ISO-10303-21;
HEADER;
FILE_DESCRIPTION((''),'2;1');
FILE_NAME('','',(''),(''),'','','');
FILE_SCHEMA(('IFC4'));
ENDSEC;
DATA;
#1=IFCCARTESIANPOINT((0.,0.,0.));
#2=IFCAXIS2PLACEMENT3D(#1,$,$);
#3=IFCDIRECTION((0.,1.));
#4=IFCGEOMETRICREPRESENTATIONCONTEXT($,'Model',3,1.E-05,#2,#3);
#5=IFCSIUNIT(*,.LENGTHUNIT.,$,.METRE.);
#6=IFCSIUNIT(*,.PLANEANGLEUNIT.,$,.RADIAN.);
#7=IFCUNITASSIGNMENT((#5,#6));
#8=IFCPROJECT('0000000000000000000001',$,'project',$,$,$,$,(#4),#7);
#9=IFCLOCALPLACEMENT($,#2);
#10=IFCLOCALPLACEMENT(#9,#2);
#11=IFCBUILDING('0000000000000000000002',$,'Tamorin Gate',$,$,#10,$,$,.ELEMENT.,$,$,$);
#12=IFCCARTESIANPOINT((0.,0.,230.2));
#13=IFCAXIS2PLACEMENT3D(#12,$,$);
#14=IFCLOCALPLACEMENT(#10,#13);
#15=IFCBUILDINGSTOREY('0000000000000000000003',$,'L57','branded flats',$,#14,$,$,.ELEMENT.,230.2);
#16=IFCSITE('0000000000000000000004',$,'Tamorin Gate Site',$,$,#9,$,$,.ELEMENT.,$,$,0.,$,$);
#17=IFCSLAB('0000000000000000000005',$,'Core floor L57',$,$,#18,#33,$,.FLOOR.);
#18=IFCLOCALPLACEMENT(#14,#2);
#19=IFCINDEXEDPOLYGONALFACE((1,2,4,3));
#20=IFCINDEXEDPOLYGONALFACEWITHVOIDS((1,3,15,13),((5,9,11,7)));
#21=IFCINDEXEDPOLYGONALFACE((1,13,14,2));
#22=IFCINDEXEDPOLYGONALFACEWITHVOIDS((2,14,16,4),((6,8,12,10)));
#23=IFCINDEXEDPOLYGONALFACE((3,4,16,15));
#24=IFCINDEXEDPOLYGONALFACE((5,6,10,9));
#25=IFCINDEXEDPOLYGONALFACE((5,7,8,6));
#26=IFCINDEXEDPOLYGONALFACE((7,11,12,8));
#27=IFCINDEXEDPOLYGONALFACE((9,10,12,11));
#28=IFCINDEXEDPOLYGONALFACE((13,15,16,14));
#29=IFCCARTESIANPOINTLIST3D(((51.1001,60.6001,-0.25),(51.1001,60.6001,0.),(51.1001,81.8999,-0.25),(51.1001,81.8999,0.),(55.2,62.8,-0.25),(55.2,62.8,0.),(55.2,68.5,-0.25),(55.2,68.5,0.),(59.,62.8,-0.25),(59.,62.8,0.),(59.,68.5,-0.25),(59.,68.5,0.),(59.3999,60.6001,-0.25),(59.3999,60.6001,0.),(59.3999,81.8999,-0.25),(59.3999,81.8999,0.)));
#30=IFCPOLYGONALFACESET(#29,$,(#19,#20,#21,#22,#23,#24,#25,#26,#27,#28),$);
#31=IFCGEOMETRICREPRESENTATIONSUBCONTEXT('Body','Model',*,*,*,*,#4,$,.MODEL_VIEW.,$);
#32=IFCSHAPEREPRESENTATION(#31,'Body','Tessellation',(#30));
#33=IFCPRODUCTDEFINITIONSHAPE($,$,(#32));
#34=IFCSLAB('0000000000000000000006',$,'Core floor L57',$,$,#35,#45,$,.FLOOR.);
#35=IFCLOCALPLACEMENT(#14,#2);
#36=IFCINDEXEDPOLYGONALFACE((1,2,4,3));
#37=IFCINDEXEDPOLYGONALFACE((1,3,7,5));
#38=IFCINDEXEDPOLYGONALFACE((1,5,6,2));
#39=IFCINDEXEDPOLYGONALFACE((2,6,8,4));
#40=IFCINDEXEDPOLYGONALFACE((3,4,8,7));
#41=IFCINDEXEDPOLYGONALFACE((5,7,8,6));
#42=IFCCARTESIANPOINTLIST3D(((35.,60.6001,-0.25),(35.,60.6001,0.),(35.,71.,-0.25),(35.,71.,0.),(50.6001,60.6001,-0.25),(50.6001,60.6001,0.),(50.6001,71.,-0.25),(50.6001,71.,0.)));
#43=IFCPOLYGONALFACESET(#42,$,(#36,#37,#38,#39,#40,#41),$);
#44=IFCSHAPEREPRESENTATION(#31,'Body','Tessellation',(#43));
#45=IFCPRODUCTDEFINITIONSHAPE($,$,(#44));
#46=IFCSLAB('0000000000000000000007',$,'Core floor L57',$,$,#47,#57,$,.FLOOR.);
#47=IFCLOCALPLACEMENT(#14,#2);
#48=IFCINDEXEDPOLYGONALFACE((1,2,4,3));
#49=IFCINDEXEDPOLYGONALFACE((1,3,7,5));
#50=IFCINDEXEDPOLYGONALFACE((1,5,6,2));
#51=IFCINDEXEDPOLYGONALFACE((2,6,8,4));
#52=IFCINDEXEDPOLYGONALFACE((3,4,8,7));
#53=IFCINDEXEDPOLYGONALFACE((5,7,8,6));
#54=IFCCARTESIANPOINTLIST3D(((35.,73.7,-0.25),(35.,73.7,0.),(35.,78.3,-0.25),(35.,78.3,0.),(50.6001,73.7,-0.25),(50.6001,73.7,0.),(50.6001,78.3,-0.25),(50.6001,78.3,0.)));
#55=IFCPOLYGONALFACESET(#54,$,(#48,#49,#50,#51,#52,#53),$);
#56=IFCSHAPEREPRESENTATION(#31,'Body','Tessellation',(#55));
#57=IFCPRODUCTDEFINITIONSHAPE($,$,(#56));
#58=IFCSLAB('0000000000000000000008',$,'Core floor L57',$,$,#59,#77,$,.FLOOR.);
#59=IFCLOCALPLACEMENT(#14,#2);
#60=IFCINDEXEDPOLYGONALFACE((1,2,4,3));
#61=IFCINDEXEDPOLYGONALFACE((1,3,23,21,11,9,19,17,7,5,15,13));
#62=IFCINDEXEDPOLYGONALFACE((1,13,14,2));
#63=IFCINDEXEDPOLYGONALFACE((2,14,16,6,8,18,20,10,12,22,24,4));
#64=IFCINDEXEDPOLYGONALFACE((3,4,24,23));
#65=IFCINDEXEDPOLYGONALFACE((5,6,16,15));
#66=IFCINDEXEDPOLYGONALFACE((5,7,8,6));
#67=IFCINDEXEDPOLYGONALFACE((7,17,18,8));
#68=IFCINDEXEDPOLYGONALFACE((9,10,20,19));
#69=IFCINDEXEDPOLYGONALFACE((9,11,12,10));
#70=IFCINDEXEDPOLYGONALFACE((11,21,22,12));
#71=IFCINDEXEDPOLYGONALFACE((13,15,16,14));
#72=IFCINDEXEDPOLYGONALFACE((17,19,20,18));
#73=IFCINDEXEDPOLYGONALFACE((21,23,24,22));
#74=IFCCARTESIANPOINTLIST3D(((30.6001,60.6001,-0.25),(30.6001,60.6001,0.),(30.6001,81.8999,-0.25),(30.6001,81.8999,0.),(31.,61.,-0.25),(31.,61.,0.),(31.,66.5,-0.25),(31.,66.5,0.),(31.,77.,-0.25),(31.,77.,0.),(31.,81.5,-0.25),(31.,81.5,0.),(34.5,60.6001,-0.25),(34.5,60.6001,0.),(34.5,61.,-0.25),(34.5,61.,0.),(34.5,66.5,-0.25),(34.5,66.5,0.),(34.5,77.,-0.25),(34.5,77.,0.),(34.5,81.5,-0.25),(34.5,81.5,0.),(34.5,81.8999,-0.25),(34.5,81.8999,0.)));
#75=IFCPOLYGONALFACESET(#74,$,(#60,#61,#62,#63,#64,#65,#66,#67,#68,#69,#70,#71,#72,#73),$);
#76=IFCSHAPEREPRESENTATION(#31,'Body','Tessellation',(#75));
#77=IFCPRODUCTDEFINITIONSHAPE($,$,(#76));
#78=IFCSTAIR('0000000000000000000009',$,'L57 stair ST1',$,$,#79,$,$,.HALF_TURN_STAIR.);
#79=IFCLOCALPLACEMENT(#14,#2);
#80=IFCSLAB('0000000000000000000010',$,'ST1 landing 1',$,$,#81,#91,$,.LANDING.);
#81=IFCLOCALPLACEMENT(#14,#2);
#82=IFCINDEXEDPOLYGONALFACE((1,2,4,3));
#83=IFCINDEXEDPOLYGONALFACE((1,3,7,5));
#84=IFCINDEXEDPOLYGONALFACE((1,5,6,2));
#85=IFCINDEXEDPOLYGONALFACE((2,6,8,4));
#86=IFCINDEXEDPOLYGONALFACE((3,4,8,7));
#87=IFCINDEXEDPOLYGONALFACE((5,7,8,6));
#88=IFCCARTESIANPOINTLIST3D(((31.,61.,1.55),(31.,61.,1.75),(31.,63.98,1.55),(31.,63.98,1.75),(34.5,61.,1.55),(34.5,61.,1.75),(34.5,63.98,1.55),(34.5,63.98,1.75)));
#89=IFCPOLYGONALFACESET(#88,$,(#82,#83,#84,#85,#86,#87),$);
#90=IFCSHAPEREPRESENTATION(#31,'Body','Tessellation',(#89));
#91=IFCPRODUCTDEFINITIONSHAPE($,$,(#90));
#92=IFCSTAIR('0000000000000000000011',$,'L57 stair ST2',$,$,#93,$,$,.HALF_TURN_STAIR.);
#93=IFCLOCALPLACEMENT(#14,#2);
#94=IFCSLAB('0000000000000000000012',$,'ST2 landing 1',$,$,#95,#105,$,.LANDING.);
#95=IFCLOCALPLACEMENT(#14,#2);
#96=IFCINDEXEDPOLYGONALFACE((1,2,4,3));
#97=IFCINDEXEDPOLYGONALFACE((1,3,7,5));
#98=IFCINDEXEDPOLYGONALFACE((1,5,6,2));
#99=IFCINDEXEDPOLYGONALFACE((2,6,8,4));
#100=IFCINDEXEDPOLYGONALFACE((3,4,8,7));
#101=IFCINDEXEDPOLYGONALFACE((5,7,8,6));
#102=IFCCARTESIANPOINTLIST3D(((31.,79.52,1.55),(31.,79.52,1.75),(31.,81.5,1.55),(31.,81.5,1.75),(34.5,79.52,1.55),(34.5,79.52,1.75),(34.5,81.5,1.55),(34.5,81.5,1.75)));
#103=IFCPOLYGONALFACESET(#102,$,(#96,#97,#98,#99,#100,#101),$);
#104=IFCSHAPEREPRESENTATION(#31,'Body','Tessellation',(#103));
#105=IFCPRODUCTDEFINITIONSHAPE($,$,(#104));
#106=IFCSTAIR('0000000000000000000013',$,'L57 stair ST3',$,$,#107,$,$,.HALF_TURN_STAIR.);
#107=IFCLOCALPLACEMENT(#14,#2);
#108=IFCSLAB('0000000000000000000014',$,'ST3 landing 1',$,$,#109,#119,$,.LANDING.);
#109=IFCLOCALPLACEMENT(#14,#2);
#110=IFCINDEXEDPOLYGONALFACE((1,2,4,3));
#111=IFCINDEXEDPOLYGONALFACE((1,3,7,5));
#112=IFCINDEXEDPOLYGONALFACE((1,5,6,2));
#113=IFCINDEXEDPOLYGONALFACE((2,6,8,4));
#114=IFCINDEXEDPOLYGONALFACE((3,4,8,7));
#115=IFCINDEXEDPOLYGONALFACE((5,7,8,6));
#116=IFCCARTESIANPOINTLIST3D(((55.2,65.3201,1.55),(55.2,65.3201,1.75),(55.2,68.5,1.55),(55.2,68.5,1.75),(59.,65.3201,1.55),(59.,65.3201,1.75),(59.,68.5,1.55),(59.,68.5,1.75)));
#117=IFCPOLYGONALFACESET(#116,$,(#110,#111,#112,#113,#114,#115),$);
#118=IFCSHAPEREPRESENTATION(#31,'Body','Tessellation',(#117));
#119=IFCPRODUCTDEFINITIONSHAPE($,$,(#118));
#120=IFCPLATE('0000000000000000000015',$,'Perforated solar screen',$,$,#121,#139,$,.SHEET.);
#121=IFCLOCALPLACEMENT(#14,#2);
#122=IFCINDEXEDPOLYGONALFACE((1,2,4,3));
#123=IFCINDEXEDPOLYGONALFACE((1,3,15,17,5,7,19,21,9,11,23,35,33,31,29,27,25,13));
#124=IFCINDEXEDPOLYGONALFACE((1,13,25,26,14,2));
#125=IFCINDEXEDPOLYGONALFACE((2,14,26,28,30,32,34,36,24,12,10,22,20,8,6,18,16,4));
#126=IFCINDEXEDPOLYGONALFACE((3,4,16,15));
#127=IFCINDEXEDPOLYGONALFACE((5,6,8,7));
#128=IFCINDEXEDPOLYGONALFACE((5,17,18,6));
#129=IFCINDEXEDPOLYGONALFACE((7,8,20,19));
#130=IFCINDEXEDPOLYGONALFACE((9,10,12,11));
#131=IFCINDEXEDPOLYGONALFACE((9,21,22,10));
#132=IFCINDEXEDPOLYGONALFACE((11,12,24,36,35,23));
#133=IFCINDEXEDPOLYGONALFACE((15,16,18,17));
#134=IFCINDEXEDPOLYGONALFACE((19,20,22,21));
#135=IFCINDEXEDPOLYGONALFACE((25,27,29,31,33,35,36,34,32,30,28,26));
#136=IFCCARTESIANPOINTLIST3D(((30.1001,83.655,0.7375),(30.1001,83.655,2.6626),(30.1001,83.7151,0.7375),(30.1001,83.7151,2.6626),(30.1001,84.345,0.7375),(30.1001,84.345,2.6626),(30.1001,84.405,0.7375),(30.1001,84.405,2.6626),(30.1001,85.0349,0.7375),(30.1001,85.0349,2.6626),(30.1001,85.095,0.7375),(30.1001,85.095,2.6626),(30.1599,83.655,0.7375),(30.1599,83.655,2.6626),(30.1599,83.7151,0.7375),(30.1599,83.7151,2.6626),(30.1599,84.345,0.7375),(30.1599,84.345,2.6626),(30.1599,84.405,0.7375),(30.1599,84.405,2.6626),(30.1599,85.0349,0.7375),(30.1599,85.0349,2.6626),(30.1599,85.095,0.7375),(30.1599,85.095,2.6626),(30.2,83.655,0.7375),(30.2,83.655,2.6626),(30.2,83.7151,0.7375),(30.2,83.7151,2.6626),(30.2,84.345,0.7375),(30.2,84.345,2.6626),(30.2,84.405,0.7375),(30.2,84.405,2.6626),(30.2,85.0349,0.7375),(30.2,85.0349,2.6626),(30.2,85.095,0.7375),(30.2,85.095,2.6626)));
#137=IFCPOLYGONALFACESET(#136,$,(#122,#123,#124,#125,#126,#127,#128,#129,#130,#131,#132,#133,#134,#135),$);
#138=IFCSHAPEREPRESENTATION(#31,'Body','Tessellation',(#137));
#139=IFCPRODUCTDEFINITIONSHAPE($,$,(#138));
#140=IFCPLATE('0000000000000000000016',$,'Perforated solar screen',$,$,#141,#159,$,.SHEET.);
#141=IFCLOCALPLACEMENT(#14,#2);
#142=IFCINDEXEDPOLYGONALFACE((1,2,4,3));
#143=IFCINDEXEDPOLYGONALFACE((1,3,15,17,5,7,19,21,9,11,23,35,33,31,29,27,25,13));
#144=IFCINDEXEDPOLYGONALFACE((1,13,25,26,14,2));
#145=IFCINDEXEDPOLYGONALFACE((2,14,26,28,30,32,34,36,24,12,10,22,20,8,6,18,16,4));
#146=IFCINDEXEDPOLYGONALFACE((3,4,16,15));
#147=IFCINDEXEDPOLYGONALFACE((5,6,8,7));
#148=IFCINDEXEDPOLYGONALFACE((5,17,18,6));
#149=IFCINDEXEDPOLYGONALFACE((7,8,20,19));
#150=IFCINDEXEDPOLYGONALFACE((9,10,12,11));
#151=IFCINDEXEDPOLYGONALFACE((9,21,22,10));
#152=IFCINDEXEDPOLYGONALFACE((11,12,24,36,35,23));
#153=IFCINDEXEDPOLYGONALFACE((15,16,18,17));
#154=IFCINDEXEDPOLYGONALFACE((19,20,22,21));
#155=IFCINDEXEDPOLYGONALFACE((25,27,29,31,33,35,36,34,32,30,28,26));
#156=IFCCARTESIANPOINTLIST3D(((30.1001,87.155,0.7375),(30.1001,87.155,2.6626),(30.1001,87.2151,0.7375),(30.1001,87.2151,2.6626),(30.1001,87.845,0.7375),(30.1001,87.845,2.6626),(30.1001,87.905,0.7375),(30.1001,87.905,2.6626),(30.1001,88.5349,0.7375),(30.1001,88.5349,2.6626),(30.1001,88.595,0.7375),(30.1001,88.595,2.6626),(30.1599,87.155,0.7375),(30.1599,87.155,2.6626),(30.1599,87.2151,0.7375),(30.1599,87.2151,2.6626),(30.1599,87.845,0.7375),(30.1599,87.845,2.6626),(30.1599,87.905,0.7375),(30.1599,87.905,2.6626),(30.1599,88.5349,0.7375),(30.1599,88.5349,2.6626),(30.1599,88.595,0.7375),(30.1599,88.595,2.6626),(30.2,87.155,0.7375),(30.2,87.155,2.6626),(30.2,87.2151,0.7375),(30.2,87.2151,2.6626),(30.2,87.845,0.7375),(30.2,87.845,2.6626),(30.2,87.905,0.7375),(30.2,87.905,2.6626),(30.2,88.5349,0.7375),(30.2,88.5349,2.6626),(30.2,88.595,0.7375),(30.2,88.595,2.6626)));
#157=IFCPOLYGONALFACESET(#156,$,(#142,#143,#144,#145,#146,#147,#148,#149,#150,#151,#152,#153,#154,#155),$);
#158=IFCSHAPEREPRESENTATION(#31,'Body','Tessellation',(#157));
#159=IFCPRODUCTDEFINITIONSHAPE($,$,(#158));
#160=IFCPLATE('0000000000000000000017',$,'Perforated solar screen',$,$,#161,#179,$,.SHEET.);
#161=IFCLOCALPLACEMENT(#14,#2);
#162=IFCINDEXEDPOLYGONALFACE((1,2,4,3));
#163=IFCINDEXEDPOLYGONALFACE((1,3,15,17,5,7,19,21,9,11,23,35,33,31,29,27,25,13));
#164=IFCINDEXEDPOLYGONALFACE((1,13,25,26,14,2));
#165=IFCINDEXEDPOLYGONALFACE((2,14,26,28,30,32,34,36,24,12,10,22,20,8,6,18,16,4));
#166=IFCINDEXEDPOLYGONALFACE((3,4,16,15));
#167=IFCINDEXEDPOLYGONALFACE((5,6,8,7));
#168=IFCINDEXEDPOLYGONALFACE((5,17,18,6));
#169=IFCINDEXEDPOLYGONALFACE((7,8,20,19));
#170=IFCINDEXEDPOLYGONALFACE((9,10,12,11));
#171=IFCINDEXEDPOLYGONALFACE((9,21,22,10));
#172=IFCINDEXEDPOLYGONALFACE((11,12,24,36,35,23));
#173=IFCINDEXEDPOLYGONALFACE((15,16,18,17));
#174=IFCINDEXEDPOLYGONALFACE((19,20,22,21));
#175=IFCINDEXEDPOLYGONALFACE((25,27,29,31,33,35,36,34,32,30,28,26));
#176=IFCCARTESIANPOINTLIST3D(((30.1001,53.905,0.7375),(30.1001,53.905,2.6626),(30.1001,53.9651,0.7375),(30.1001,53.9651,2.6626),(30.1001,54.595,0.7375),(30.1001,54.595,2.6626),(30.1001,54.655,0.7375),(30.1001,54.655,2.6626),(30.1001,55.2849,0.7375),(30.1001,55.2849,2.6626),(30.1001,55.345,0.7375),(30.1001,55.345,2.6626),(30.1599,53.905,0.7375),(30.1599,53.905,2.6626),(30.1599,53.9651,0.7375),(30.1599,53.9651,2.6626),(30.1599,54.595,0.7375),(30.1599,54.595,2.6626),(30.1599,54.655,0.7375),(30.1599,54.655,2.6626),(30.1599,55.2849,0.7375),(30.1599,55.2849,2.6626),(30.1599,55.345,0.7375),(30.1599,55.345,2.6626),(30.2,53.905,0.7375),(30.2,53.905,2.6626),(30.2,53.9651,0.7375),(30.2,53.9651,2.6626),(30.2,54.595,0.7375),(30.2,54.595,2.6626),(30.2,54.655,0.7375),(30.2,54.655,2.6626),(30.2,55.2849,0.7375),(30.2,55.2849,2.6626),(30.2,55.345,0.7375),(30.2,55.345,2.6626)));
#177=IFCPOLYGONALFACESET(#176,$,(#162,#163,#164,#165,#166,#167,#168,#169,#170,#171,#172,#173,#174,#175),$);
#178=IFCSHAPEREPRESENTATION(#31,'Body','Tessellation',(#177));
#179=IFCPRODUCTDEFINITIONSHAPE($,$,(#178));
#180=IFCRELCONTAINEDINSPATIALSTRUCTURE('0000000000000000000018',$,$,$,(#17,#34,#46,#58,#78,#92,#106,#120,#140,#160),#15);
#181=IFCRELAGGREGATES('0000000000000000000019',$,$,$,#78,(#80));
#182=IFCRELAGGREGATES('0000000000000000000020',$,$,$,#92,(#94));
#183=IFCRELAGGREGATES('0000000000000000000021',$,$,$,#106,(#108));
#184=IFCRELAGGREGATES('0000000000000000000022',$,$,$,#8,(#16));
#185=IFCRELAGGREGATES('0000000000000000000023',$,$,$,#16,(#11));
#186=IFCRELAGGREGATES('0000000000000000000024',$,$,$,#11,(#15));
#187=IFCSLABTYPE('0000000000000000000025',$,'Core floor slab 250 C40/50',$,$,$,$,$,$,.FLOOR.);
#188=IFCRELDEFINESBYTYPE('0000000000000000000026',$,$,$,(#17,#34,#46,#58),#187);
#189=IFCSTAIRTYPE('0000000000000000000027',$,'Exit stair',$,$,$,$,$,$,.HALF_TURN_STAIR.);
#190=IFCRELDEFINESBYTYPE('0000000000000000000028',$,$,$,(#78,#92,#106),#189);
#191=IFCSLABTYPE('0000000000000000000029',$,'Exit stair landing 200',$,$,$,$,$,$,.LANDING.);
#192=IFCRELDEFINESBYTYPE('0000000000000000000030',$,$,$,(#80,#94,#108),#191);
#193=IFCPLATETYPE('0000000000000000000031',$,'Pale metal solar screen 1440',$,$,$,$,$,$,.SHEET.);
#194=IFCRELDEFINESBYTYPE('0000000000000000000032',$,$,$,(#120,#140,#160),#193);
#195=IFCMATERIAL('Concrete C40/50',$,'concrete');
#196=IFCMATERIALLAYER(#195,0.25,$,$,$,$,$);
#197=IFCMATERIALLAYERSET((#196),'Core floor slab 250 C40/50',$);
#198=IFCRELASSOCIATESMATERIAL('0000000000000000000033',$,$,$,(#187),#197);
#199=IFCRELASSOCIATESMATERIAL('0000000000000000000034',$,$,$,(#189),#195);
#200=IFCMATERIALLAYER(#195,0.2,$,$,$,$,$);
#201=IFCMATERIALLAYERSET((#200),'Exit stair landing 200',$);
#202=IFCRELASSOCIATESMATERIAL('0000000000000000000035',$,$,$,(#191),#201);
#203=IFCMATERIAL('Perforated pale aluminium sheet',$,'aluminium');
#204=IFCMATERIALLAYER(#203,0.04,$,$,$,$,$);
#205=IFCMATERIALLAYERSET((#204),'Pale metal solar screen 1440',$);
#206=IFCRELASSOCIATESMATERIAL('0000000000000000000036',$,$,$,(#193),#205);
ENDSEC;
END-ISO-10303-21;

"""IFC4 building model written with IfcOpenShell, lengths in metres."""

from ifc_helpers import new_model, si_unit, direction, frame, origin, place, context, subcontext, project, spatial, polyline, outline, extrude, material, layer, layer_set, type_object, element, aggregate, save


model = new_model("IFC4")

# Units and contexts
model_context = context("Model", 3, precision=1e-05, world=origin(), true_north=direction((0.0, 1.0)))
body_context = subcontext(model_context, "Body", "Model", "MODEL_VIEW")
ifc_project = project(units=[si_unit("LENGTHUNIT", "METRE"), si_unit("PLANEANGLEUNIT", "RADIAN")], contexts=[model_context])

# Site, building, storey
site_placement = place(None, origin())
site = spatial("IfcSite", under=ifc_project, at=site_placement, Name="Tamorin Gate Site", CompositionType="ELEMENT", RefElevation=0.0)
building_placement = place(site_placement, origin())
building = spatial("IfcBuilding", under=site, at=building_placement, Name="Tamorin Gate", CompositionType="ELEMENT")
storey_placement = place(building_placement, frame((0.0, 0.0, 230.2)))
storey = spatial("IfcBuildingStorey", under=building, at=storey_placement, Name="L57", Description="branded flats", CompositionType="ELEMENT", Elevation=230.2)

# Slabs
ifc_material_1 = material(Name="Concrete C40/50", Category="concrete")
ifc_layer_1 = layer(ifc_material_1, 0.25)
ifc_layer_set_1 = layer_set([ifc_layer_1], Name="Core floor slab 250 C40/50")
slab_type_1 = type_object("IfcSlabType", Name="Core floor slab 250 C40/50", PredefinedType="FLOOR", material=ifc_layer_set_1)
slab_1_placement = place(storey_placement, frame((0.0, 0.0, -0.25)))
element("IfcSlab", 1, at=slab_1_placement, inside=storey, type_object=slab_type_1, Name="Core floor L57", PredefinedType="FLOOR", context=body_context, shape_type="SweptSolid", body=[
    extrude(outline(polyline([(51.1001, 81.8999), (59.3999, 81.8999), (59.3999, 60.6001), (51.1001, 60.6001), (51.1001, 81.8999)]), holes=[polyline([(55.2, 62.8), (59.0, 62.8), (59.0, 68.5), (55.2, 68.5), (55.2, 62.8)])]), origin(), (0.0, 0.0, 1.0), 0.25),
])
slab_2_placement = place(storey_placement, frame((0.0, 0.0, -0.25)))
element("IfcSlab", 2, at=slab_2_placement, inside=storey, type_object=slab_type_1, Name="Core floor L57", PredefinedType="FLOOR", context=body_context, shape_type="SweptSolid", body=[
    extrude(outline(polyline([(50.6001, 71.0), (50.6001, 60.6001), (35.0, 60.6001), (35.0, 71.0), (50.6001, 71.0)])), origin(), (0.0, 0.0, 1.0), 0.25),
])
slab_3_placement = place(storey_placement, frame((0.0, 0.0, -0.25)))
element("IfcSlab", 3, at=slab_3_placement, inside=storey, type_object=slab_type_1, Name="Core floor L57", PredefinedType="FLOOR", context=body_context, shape_type="SweptSolid", body=[
    extrude(outline(polyline([(50.6001, 73.7), (35.0, 73.7), (35.0, 78.3), (50.6001, 78.3), (50.6001, 73.7)])), origin(), (0.0, 0.0, 1.0), 0.25),
])
slab_4_placement = place(storey_placement, frame((0.0, 0.0, -0.25)))
element("IfcSlab", 4, at=slab_4_placement, inside=storey, type_object=slab_type_1, Name="Core floor L57", PredefinedType="FLOOR", context=body_context, shape_type="SweptSolid", body=[
    extrude(outline(polyline([(34.5, 60.6001), (30.6001, 60.6001), (30.6001, 81.8999), (34.5, 81.8999), (34.5, 81.5), (31.0, 81.5), (31.0, 77.0), (34.5, 77.0), (34.5, 66.5), (31.0, 66.5), (31.0, 61.0), (34.5, 61.0), (34.5, 60.6001)])), origin(), (0.0, 0.0, 1.0), 0.25),
])

# Stairs, slabs
stair_type = type_object("IfcStairType", Name="Exit stair", PredefinedType="HALF_TURN_STAIR", material=ifc_material_1)
stair_1_placement = place(storey_placement, origin())
stair_1 = element("IfcStair", 5, at=stair_1_placement, inside=storey, type_object=stair_type, Name="L57 stair ST1", PredefinedType="HALF_TURN_STAIR")
ifc_layer_2 = layer(ifc_material_1, 0.2)
ifc_layer_set_2 = layer_set([ifc_layer_2], Name="Exit stair landing 200")
slab_type_2 = type_object("IfcSlabType", Name="Exit stair landing 200", PredefinedType="LANDING", material=ifc_layer_set_2)
slab_5_placement = place(storey_placement, frame((0.0, 0.0, 1.55)))
slab_5 = element("IfcSlab", 6, at=slab_5_placement, type_object=slab_type_2, Name="ST1 landing 1", PredefinedType="LANDING", context=body_context, shape_type="SweptSolid", body=[
    extrude(outline(polyline([(31.0, 63.98), (31.0, 61.0), (34.5, 61.0), (34.5, 63.98), (31.0, 63.98)])), origin(), (0.0, 0.0, 1.0), 0.2),
])
aggregate(stair_1, [slab_5])
stair_2_placement = place(storey_placement, origin())
stair_2 = element("IfcStair", 7, at=stair_2_placement, inside=storey, type_object=stair_type, Name="L57 stair ST2", PredefinedType="HALF_TURN_STAIR")
slab_6_placement = place(storey_placement, frame((0.0, 0.0, 1.55)))
slab_6 = element("IfcSlab", 8, at=slab_6_placement, type_object=slab_type_2, Name="ST2 landing 1", PredefinedType="LANDING", context=body_context, shape_type="SweptSolid", body=[
    extrude(outline(polyline([(34.5, 79.52), (34.5, 81.5), (31.0, 81.5), (31.0, 79.52), (34.5, 79.52)])), origin(), (0.0, 0.0, 1.0), 0.2),
])
aggregate(stair_2, [slab_6])
stair_3_placement = place(storey_placement, origin())
stair_3 = element("IfcStair", 9, at=stair_3_placement, inside=storey, type_object=stair_type, Name="L57 stair ST3", PredefinedType="HALF_TURN_STAIR")
slab_7_placement = place(storey_placement, frame((0.0, 0.0, 1.55)))
slab_7 = element("IfcSlab", 10, at=slab_7_placement, type_object=slab_type_2, Name="ST3 landing 1", PredefinedType="LANDING", context=body_context, shape_type="SweptSolid", body=[
    extrude(outline(polyline([(59.0, 65.3201), (59.0, 68.5), (55.2, 68.5), (55.2, 65.3201), (59.0, 65.3201)])), origin(), (0.0, 0.0, 1.0), 0.2),
])
aggregate(stair_3, [slab_7])

# Plates
ifc_material_2 = material(Name="Perforated pale aluminium sheet", Category="aluminium")
ifc_layer_3 = layer(ifc_material_2, 0.04)
ifc_layer_set_3 = layer_set([ifc_layer_3], Name="Pale metal solar screen 1440")
plate_type = type_object("IfcPlateType", Name="Pale metal solar screen 1440", PredefinedType="SHEET", material=ifc_layer_set_3)
plate_1_placement = place(storey_placement, frame((0.0, 0.0, 0.7375)))
element("IfcPlate", 11, at=plate_1_placement, inside=storey, type_object=plate_type, Name="Perforated solar screen", PredefinedType="SHEET", context=body_context, shape_type="SweptSolid", body=[
    extrude(outline(polyline([(30.1599, 85.095), (30.2, 85.095), (30.2, 85.0349), (30.2, 84.405), (30.2, 84.345), (30.2, 83.7151), (30.2, 83.655), (30.1599, 83.655), (30.1001, 83.655), (30.1001, 83.7151), (30.1599, 83.7151), (30.1599, 84.345), (30.1001, 84.345), (30.1001, 84.405), (30.1599, 84.405), (30.1599, 85.0349), (30.1001, 85.0349), (30.1001, 85.095), (30.1599, 85.095)])), origin(), (0.0, 0.0, 1.0), 1.925),
])
plate_2_placement = place(storey_placement, frame((0.0, 0.0, 0.7375)))
element("IfcPlate", 12, at=plate_2_placement, inside=storey, type_object=plate_type, Name="Perforated solar screen", PredefinedType="SHEET", context=body_context, shape_type="SweptSolid", body=[
    extrude(outline(polyline([(30.1599, 88.595), (30.2, 88.595), (30.2, 88.5349), (30.2, 87.905), (30.2, 87.845), (30.2, 87.2151), (30.2, 87.155), (30.2, 87.155), (30.1599, 87.155), (30.1599, 87.155), (30.1001, 87.155), (30.1001, 87.2151), (30.1599, 87.2151), (30.1599, 87.845), (30.1001, 87.845), (30.1001, 87.905), (30.1599, 87.905), (30.1599, 88.5349), (30.1001, 88.5349), (30.1001, 88.595), (30.1599, 88.595)])), origin(), (0.0, 0.0, 1.0), 1.925),
])
plate_3_placement = place(storey_placement, frame((0.0, 0.0, 0.7375)))
element("IfcPlate", 13, at=plate_3_placement, inside=storey, type_object=plate_type, Name="Perforated solar screen", PredefinedType="SHEET", context=body_context, shape_type="SweptSolid", body=[
    extrude(outline(polyline([(30.1599, 55.345), (30.2, 55.345), (30.2, 55.2849), (30.2, 54.655), (30.2, 54.595), (30.2, 53.9651), (30.2, 53.905), (30.1599, 53.905), (30.1001, 53.905), (30.1001, 53.9651), (30.1599, 53.9651), (30.1599, 54.595), (30.1001, 54.595), (30.1001, 54.655), (30.1599, 54.655), (30.1599, 55.2849), (30.1001, 55.2849), (30.1001, 55.345), (30.1599, 55.345)])), origin(), (0.0, 0.0, 1.0), 1.925),
])

save(model, "model.ifc")
